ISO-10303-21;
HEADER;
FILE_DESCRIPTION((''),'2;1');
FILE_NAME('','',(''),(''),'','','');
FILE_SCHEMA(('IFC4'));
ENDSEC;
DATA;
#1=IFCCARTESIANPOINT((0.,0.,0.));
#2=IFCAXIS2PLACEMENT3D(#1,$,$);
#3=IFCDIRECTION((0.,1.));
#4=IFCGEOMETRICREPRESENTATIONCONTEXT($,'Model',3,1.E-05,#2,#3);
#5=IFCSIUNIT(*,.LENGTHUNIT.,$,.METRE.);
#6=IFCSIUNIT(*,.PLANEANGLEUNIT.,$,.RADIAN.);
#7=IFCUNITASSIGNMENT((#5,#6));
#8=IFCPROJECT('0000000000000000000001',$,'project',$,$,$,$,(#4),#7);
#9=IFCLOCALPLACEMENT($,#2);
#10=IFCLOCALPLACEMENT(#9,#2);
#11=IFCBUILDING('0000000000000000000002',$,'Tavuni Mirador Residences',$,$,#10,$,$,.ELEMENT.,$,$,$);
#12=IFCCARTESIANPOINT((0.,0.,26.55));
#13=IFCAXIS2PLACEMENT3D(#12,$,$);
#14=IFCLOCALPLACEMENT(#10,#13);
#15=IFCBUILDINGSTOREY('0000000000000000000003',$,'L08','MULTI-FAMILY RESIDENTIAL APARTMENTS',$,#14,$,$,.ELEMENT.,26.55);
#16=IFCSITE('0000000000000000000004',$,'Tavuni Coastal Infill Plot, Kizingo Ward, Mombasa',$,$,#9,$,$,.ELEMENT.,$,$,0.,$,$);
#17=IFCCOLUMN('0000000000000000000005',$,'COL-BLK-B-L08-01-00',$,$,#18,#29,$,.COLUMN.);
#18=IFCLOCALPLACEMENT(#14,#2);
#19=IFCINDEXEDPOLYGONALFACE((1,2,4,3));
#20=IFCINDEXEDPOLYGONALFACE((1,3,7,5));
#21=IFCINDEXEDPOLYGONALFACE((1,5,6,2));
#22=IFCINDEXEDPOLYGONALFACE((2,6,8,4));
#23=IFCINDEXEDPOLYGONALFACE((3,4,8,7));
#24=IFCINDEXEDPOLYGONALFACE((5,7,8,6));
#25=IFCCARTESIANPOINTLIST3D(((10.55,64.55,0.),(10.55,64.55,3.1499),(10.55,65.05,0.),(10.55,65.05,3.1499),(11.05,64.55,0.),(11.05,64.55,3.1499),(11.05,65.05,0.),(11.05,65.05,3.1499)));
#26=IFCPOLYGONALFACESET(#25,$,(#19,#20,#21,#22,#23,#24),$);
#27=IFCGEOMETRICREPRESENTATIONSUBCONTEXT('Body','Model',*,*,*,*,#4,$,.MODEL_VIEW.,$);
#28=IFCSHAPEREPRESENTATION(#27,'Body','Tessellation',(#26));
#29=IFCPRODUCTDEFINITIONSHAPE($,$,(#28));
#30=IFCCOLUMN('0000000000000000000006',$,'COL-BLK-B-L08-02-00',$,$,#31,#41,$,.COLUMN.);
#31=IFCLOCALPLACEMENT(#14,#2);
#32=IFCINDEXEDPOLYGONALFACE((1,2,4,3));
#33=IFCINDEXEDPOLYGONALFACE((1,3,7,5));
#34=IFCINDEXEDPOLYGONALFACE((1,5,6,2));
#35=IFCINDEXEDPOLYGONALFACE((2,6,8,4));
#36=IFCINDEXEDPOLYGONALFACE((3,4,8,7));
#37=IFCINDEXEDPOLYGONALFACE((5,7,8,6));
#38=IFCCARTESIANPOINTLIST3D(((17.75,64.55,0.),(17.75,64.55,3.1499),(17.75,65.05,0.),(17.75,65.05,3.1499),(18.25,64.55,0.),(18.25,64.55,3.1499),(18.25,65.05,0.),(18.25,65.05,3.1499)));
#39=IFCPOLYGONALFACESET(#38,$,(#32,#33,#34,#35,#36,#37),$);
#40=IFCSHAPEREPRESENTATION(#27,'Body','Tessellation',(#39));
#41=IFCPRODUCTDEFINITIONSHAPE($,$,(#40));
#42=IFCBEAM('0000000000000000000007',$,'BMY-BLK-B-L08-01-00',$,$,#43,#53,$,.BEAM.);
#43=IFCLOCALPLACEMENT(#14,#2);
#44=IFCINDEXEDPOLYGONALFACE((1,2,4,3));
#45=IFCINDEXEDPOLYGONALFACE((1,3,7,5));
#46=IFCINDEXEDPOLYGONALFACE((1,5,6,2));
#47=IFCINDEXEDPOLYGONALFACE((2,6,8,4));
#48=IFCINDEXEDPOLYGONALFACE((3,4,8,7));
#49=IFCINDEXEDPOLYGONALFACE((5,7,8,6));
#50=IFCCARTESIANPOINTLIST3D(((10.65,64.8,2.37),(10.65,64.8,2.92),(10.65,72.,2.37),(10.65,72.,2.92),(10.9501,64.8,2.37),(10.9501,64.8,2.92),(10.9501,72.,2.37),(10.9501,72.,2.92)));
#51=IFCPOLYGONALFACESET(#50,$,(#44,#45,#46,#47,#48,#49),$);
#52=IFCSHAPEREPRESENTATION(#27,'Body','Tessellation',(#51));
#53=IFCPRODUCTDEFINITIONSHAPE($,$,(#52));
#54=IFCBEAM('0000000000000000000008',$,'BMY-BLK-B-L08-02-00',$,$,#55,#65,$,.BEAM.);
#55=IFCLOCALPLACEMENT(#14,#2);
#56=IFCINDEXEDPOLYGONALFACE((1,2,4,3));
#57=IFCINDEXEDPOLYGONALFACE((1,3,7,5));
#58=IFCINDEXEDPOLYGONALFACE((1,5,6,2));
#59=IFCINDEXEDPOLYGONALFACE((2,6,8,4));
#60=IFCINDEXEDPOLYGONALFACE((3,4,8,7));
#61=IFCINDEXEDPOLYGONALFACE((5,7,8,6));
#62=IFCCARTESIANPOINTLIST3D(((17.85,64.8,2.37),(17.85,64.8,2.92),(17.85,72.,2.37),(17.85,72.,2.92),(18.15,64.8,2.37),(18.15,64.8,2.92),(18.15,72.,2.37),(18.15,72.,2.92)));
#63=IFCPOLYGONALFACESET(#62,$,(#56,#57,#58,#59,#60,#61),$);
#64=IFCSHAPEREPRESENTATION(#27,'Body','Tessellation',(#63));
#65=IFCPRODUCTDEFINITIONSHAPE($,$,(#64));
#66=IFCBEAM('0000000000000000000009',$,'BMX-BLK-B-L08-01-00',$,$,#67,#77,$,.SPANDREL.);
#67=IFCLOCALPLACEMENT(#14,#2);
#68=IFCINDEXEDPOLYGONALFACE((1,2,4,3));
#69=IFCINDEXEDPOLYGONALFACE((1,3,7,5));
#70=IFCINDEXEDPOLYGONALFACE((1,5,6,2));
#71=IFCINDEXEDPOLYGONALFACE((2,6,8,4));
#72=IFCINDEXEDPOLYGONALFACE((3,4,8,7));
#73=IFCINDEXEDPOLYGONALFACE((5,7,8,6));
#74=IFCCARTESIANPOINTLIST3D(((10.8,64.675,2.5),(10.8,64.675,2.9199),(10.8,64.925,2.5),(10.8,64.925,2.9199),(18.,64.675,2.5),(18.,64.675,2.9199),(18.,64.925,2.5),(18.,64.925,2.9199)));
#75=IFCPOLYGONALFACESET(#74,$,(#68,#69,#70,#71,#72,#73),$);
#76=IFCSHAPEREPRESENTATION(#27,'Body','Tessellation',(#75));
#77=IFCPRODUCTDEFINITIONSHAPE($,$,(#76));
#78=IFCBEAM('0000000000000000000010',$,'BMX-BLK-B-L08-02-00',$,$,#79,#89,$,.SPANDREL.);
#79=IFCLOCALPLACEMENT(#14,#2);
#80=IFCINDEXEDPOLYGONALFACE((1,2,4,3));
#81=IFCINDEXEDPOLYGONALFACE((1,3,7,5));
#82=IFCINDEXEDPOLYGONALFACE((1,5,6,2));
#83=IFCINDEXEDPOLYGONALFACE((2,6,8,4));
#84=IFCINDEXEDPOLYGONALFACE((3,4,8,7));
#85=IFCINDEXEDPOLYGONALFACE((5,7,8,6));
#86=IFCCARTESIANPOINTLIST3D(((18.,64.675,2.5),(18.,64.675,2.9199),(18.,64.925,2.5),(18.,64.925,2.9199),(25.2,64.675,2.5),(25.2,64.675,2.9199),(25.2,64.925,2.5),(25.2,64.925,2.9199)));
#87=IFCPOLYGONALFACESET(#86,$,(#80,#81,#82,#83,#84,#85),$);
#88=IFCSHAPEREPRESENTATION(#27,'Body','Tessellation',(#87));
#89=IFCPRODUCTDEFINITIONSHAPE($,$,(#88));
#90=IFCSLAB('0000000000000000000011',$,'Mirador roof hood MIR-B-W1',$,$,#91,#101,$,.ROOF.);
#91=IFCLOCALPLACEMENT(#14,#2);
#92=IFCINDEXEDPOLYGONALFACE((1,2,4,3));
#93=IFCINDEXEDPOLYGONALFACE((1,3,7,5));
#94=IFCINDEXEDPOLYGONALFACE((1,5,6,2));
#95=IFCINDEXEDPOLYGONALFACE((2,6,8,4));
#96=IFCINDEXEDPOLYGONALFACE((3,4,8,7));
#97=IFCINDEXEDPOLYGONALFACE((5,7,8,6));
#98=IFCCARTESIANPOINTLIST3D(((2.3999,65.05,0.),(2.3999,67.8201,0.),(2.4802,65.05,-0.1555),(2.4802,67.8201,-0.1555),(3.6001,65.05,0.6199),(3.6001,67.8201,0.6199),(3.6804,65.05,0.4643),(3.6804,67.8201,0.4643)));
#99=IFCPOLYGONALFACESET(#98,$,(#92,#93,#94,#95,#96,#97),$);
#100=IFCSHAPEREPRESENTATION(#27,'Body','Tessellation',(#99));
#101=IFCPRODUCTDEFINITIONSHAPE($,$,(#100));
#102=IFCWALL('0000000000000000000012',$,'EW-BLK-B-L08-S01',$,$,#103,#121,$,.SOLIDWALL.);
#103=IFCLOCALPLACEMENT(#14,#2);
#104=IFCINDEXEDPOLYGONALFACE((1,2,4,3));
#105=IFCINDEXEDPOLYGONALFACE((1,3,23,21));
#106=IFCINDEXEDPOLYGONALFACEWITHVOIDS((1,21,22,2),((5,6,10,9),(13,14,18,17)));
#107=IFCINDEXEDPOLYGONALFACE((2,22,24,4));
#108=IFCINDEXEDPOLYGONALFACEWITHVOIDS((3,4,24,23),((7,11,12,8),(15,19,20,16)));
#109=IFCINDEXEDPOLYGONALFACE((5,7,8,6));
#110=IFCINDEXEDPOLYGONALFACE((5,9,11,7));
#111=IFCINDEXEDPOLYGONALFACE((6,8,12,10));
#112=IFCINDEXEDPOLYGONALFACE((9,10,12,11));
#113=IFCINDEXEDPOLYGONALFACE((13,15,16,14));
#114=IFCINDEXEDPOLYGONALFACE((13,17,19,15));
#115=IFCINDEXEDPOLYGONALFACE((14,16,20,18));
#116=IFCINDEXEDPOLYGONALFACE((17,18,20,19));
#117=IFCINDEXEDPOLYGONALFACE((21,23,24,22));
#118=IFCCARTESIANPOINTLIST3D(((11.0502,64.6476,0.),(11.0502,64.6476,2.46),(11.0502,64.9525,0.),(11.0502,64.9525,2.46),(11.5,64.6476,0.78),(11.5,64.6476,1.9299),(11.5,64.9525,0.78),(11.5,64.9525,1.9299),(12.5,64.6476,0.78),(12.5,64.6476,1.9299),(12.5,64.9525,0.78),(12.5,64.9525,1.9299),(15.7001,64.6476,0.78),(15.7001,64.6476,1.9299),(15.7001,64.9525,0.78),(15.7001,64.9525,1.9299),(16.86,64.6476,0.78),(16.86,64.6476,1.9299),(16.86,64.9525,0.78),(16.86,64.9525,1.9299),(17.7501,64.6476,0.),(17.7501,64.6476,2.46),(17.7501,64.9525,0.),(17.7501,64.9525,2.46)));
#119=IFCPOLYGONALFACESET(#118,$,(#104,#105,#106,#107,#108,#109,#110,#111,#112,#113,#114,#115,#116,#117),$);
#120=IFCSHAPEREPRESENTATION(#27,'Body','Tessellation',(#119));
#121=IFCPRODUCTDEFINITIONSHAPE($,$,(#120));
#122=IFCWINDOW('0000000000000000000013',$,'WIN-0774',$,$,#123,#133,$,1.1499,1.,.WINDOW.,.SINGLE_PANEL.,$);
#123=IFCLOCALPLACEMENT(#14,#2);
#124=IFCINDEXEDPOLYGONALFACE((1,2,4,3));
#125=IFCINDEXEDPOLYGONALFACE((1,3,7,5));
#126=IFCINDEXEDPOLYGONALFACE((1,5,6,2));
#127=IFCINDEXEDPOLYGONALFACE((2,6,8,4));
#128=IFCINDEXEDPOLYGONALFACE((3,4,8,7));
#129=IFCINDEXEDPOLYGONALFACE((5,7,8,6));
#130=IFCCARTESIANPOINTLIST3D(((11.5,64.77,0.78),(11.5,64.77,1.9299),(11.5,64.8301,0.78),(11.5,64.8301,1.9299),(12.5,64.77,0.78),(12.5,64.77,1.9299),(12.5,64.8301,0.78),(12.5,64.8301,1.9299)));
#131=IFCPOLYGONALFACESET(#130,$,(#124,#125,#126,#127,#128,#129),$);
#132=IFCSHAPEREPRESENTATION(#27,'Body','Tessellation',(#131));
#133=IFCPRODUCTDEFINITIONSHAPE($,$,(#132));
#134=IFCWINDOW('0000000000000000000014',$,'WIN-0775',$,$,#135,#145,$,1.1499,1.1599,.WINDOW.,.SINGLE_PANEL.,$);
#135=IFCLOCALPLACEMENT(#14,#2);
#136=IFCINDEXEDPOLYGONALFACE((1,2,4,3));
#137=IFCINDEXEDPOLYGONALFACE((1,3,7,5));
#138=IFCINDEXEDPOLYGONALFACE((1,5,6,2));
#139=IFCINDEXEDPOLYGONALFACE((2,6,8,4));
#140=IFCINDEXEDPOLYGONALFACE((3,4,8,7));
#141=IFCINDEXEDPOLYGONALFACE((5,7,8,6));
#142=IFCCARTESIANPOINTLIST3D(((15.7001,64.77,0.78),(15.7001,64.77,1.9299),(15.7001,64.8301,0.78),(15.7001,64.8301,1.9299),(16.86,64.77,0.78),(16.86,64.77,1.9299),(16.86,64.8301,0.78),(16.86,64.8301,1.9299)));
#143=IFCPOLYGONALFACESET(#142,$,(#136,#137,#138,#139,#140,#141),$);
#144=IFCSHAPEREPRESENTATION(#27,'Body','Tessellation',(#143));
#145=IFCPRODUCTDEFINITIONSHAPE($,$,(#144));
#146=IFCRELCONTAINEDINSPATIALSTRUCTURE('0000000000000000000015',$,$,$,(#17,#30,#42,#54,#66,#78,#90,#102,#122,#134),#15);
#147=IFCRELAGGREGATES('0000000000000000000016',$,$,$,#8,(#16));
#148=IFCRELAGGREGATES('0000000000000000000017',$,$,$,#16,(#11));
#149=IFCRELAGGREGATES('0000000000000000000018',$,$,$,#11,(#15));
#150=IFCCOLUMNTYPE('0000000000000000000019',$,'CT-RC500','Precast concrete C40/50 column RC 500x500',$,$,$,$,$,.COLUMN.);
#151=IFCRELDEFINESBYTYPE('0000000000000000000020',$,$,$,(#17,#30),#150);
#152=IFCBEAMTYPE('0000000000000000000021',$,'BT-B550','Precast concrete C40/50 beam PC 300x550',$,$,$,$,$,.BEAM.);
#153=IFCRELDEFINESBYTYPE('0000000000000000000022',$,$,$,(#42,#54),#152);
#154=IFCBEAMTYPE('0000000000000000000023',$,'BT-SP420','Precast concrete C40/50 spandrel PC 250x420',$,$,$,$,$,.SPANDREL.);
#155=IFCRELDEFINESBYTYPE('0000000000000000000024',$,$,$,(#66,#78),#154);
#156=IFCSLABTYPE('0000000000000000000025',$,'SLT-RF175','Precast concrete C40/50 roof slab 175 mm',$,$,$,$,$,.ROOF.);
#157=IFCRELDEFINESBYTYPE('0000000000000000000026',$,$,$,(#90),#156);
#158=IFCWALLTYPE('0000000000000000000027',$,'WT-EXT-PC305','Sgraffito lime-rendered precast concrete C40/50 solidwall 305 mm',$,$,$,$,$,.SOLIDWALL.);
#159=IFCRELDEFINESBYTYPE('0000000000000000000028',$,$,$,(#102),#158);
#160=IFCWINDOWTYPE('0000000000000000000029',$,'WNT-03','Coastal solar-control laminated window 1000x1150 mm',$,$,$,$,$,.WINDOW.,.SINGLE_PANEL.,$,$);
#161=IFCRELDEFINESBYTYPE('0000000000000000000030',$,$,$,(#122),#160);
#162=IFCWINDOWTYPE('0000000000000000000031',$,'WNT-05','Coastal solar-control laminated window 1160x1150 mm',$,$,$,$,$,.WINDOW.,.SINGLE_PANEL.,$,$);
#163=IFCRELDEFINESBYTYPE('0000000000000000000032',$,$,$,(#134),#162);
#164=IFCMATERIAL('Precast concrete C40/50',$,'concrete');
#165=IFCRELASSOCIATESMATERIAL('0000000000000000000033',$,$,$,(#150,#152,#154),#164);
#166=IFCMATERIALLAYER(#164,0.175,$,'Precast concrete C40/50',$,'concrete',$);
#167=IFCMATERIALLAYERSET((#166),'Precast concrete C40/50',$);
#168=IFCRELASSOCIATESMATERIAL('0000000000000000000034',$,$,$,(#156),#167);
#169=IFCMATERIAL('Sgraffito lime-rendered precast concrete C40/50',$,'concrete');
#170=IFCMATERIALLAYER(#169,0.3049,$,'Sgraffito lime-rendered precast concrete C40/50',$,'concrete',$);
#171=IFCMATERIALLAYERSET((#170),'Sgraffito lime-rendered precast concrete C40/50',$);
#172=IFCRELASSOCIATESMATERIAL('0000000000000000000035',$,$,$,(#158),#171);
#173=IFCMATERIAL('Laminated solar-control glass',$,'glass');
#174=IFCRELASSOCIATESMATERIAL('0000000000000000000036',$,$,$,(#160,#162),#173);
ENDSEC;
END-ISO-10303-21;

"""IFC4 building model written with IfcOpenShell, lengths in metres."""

from ifc_helpers import new_model, si_unit, direction, frame, frame_2d, origin, origin_2d, place, context, subcontext, project, spatial, polyline, rectangle, outline, extrude, material, layer, layer_set, material_profile, profile_set, type_object, element, fill, save


model = new_model("IFC4")

# Units and contexts
model_context = context("Model", 3, precision=1e-05, world=origin(), true_north=direction((0.0, 1.0)))
body_context = subcontext(model_context, "Body", "Model", "MODEL_VIEW")
ifc_project = project(units=[si_unit("LENGTHUNIT", "METRE"), si_unit("PLANEANGLEUNIT", "RADIAN")], contexts=[model_context])

# Site, building, storey
site_placement = place(None, origin())
site = spatial("IfcSite", under=ifc_project, at=site_placement, Name="Tavuni Coastal Infill Plot, Kizingo Ward, Mombasa", CompositionType="ELEMENT", RefElevation=0.0)
building_placement = place(site_placement, origin())
building = spatial("IfcBuilding", under=site, at=building_placement, Name="Tavuni Mirador Residences", CompositionType="ELEMENT")
storey_placement = place(building_placement, frame((0.0, 0.0, 26.55)))
storey = spatial("IfcBuildingStorey", under=building, at=storey_placement, Name="L08", Description="MULTI-FAMILY RESIDENTIAL APARTMENTS", CompositionType="ELEMENT", Elevation=26.55)

# Columns
ifc_material_1 = material(Name="Precast concrete C40/50", Category="concrete")
ifc_material_profile_1 = material_profile(ifc_material_1, rectangle(XDim=0.5, YDim=0.5, at=origin_2d()), Name="RC 500x500", Category="concrete")
ifc_profile_set_1 = profile_set([ifc_material_profile_1], Name="Precast concrete C40/50")
column_type = type_object("IfcColumnType", Name="CT-RC500", Description="Precast concrete C40/50 column RC 500x500", PredefinedType="COLUMN", material=ifc_profile_set_1)
for number, where, z_axis, x_axis, name in (
    (1, (10.8, 64.8, 0.0), (0.0, 0.0, 1.0), (1.0, 0.0, 0.0), "COL-BLK-B-L08-01-00"),
    (2, (18.0, 64.8, 0.0), (0.0, 0.0, 1.0), (1.0, 0.0, 0.0), "COL-BLK-B-L08-02-00"),
):
    element("IfcColumn", number, at=place(storey_placement, frame(where, z_axis=z_axis, x_axis=x_axis)), inside=storey, type_object=column_type, Name=name, PredefinedType="COLUMN", context=body_context, shape_type="SweptSolid", body=[
        extrude(rectangle(XDim=0.5, YDim=0.5, at=origin_2d()), origin(), (0.0, 0.0, 1.0), 3.1499),
    ])

# Beams
ifc_material_profile_2 = material_profile(ifc_material_1, rectangle(XDim=0.3, YDim=0.55, at=origin_2d()), Name="PC 300x550", Category="concrete")
ifc_profile_set_2 = profile_set([ifc_material_profile_2], Name="Precast concrete C40/50")
beam_type_1 = type_object("IfcBeamType", Name="BT-B550", Description="Precast concrete C40/50 beam PC 300x550", PredefinedType="BEAM", material=ifc_profile_set_2)
for number, where, z_axis, x_axis, name in (
    (3, (10.8, 64.8, 2.645), (0.0, 1.0, 0.0), (-1.0, 0.0, 0.0), "BMY-BLK-B-L08-01-00"),
    (4, (18.0, 64.8, 2.645), (0.0, 1.0, 0.0), (-1.0, 0.0, 0.0), "BMY-BLK-B-L08-02-00"),
):
    element("IfcBeam", number, at=place(storey_placement, frame(where, z_axis=z_axis, x_axis=x_axis)), inside=storey, type_object=beam_type_1, Name=name, PredefinedType="BEAM", context=body_context, shape_type="SweptSolid", body=[
        extrude(rectangle(XDim=0.3, YDim=0.55, at=origin_2d()), origin(), (0.0, 0.0, 1.0), 7.2),
    ])
ifc_material_profile_3 = material_profile(ifc_material_1, rectangle(XDim=0.25, YDim=0.4199, at=origin_2d()), Name="PC 250x420", Category="concrete")
ifc_profile_set_3 = profile_set([ifc_material_profile_3], Name="Precast concrete C40/50")
beam_type_2 = type_object("IfcBeamType", Name="BT-SP420", Description="Precast concrete C40/50 spandrel PC 250x420", PredefinedType="SPANDREL", material=ifc_profile_set_3)
for number, where, z_axis, x_axis, name in (
    (5, (10.8, 64.8, 2.71), (1.0, 0.0, 0.0), (0.0, 1.0, 0.0), "BMX-BLK-B-L08-01-00"),
    (6, (18.0, 64.8, 2.71), (1.0, 0.0, 0.0), (0.0, 1.0, 0.0), "BMX-BLK-B-L08-02-00"),
):
    element("IfcBeam", number, at=place(storey_placement, frame(where, z_axis=z_axis, x_axis=x_axis)), inside=storey, type_object=beam_type_2, Name=name, PredefinedType="SPANDREL", context=body_context, shape_type="SweptSolid", body=[
        extrude(rectangle(XDim=0.25, YDim=0.4199, at=origin_2d()), origin(), (0.0, 0.0, 1.0), 7.2),
    ])

# Slab
ifc_layer_1 = layer(ifc_material_1, 0.175, Name="Precast concrete C40/50", Category="concrete")
ifc_layer_set_1 = layer_set([ifc_layer_1], Name="Precast concrete C40/50")
slab_type = type_object("IfcSlabType", Name="SLT-RF175", Description="Precast concrete C40/50 roof slab 175 mm", PredefinedType="ROOF", material=ifc_layer_set_1)
slab_placement = place(storey_placement, frame((3.6001, 65.05, 0.6199), z_axis=(-0.458887, 0.0, 0.888495), x_axis=(0.0, 1.0, 0.0)))
element("IfcSlab", 7, at=slab_placement, inside=storey, type_object=slab_type, Name="Mirador roof hood MIR-B-W1", PredefinedType="ROOF", context=body_context, shape_type="SweptSolid", body=[
    extrude(outline(polyline([(0.0, 0.0), (2.77, 0.0), (2.77, 1.3508), (0.0, 1.3508), (0.0, 0.0)])), origin(), (0.0, 0.0, -1.0), 0.175),
])

# Wall, openings, windows
ifc_material_2 = material(Name="Sgraffito lime-rendered precast concrete C40/50", Category="concrete")
ifc_layer_2 = layer(ifc_material_2, 0.3049, Name="Sgraffito lime-rendered precast concrete C40/50", Category="concrete")
ifc_layer_set_2 = layer_set([ifc_layer_2], Name="Sgraffito lime-rendered precast concrete C40/50")
wall_type_1 = type_object("IfcWallType", Name="WT-EXT-PC305", Description="Sgraffito lime-rendered precast concrete C40/50 solidwall 305 mm", PredefinedType="SOLIDWALL", material=ifc_layer_set_2)
wall_1_placement = place(storey_placement, frame((11.05, 64.8, 0.0), z_axis=(0.0, 0.0, 1.0), x_axis=(1.0, 0.0, 0.0)))
wall_1 = element("IfcWall", 8, at=wall_1_placement, inside=storey, type_object=wall_type_1, Name="EW-BLK-B-L08-S01", PredefinedType="SOLIDWALL", context=body_context, shape_type="SweptSolid", body=[
    extrude(rectangle(XDim=6.7, YDim=0.3049, at=frame_2d((3.3501, 0.0))), origin(), (0.0, 0.0, 1.0), 2.46),
])
opening_1_placement = place(wall_1_placement, frame((0.45, 0.0, 0.78)))
opening_1 = element("IfcOpeningElement", 9, at=opening_1_placement, cuts=wall_1, PredefinedType="OPENING", context=body_context, shape_type="SweptSolid", body=[
    extrude(rectangle(XDim=1.0, YDim=1.1499, at=frame_2d((0.5, 0.575))), frame((0.0, 0.1626, 0.0), z_axis=(0.0, -1.0, 0.0), x_axis=(1.0, 0.0, 0.0)), (0.0, 0.0, 1.0), 0.325),
])
opening_2_placement = place(wall_1_placement, frame((4.6499, 0.0, 0.78)))
opening_2 = element("IfcOpeningElement", 10, at=opening_2_placement, cuts=wall_1, PredefinedType="OPENING", context=body_context, shape_type="SweptSolid", body=[
    extrude(rectangle(XDim=1.1599, YDim=1.1499, at=frame_2d((0.5801, 0.575))), frame((0.0, 0.1626, 0.0), z_axis=(0.0, -1.0, 0.0), x_axis=(1.0, 0.0, 0.0)), (0.0, 0.0, 1.0), 0.325),
])
ifc_material_3 = material(Name="Laminated solar-control glass", Category="glass")
window_type_1 = type_object("IfcWindowType", Name="WNT-03", Description="Coastal solar-control laminated window 1000x1150 mm", PartitioningType="SINGLE_PANEL", PredefinedType="WINDOW", material=ifc_material_3)
window_1_placement = place(opening_1_placement, origin())
window_1 = element("IfcWindow", 11, at=window_1_placement, inside=storey, type_object=window_type_1, Name="WIN-0774", OverallHeight=1.1499, OverallWidth=1.0, PartitioningType="SINGLE_PANEL", PredefinedType="WINDOW", context=body_context, shape_type="SweptSolid", body=[
    extrude(rectangle(XDim=1.0, YDim=1.1499, at=frame_2d((0.5, 0.575))), frame((0.0, 0.03, 0.0), z_axis=(0.0, -1.0, 0.0), x_axis=(1.0, 0.0, 0.0)), (0.0, 0.0, 1.0), 0.0601),
])
fill(opening_1, window_1)
window_type_2 = type_object("IfcWindowType", Name="WNT-05", Description="Coastal solar-control laminated window 1160x1150 mm", PartitioningType="SINGLE_PANEL", PredefinedType="WINDOW", material=ifc_material_3)
window_2_placement = place(opening_2_placement, origin())
window_2 = element("IfcWindow", 12, at=window_2_placement, inside=storey, type_object=window_type_2, Name="WIN-0775", OverallHeight=1.1499, OverallWidth=1.1599, PartitioningType="SINGLE_PANEL", PredefinedType="WINDOW", context=body_context, shape_type="SweptSolid", body=[
    extrude(rectangle(XDim=1.1599, YDim=1.1499, at=frame_2d((0.5801, 0.575))), frame((0.0, 0.03, 0.0), z_axis=(0.0, -1.0, 0.0), x_axis=(1.0, 0.0, 0.0)), (0.0, 0.0, 1.0), 0.0601),
])
fill(opening_2, window_2)

save(model, "model.ifc")
